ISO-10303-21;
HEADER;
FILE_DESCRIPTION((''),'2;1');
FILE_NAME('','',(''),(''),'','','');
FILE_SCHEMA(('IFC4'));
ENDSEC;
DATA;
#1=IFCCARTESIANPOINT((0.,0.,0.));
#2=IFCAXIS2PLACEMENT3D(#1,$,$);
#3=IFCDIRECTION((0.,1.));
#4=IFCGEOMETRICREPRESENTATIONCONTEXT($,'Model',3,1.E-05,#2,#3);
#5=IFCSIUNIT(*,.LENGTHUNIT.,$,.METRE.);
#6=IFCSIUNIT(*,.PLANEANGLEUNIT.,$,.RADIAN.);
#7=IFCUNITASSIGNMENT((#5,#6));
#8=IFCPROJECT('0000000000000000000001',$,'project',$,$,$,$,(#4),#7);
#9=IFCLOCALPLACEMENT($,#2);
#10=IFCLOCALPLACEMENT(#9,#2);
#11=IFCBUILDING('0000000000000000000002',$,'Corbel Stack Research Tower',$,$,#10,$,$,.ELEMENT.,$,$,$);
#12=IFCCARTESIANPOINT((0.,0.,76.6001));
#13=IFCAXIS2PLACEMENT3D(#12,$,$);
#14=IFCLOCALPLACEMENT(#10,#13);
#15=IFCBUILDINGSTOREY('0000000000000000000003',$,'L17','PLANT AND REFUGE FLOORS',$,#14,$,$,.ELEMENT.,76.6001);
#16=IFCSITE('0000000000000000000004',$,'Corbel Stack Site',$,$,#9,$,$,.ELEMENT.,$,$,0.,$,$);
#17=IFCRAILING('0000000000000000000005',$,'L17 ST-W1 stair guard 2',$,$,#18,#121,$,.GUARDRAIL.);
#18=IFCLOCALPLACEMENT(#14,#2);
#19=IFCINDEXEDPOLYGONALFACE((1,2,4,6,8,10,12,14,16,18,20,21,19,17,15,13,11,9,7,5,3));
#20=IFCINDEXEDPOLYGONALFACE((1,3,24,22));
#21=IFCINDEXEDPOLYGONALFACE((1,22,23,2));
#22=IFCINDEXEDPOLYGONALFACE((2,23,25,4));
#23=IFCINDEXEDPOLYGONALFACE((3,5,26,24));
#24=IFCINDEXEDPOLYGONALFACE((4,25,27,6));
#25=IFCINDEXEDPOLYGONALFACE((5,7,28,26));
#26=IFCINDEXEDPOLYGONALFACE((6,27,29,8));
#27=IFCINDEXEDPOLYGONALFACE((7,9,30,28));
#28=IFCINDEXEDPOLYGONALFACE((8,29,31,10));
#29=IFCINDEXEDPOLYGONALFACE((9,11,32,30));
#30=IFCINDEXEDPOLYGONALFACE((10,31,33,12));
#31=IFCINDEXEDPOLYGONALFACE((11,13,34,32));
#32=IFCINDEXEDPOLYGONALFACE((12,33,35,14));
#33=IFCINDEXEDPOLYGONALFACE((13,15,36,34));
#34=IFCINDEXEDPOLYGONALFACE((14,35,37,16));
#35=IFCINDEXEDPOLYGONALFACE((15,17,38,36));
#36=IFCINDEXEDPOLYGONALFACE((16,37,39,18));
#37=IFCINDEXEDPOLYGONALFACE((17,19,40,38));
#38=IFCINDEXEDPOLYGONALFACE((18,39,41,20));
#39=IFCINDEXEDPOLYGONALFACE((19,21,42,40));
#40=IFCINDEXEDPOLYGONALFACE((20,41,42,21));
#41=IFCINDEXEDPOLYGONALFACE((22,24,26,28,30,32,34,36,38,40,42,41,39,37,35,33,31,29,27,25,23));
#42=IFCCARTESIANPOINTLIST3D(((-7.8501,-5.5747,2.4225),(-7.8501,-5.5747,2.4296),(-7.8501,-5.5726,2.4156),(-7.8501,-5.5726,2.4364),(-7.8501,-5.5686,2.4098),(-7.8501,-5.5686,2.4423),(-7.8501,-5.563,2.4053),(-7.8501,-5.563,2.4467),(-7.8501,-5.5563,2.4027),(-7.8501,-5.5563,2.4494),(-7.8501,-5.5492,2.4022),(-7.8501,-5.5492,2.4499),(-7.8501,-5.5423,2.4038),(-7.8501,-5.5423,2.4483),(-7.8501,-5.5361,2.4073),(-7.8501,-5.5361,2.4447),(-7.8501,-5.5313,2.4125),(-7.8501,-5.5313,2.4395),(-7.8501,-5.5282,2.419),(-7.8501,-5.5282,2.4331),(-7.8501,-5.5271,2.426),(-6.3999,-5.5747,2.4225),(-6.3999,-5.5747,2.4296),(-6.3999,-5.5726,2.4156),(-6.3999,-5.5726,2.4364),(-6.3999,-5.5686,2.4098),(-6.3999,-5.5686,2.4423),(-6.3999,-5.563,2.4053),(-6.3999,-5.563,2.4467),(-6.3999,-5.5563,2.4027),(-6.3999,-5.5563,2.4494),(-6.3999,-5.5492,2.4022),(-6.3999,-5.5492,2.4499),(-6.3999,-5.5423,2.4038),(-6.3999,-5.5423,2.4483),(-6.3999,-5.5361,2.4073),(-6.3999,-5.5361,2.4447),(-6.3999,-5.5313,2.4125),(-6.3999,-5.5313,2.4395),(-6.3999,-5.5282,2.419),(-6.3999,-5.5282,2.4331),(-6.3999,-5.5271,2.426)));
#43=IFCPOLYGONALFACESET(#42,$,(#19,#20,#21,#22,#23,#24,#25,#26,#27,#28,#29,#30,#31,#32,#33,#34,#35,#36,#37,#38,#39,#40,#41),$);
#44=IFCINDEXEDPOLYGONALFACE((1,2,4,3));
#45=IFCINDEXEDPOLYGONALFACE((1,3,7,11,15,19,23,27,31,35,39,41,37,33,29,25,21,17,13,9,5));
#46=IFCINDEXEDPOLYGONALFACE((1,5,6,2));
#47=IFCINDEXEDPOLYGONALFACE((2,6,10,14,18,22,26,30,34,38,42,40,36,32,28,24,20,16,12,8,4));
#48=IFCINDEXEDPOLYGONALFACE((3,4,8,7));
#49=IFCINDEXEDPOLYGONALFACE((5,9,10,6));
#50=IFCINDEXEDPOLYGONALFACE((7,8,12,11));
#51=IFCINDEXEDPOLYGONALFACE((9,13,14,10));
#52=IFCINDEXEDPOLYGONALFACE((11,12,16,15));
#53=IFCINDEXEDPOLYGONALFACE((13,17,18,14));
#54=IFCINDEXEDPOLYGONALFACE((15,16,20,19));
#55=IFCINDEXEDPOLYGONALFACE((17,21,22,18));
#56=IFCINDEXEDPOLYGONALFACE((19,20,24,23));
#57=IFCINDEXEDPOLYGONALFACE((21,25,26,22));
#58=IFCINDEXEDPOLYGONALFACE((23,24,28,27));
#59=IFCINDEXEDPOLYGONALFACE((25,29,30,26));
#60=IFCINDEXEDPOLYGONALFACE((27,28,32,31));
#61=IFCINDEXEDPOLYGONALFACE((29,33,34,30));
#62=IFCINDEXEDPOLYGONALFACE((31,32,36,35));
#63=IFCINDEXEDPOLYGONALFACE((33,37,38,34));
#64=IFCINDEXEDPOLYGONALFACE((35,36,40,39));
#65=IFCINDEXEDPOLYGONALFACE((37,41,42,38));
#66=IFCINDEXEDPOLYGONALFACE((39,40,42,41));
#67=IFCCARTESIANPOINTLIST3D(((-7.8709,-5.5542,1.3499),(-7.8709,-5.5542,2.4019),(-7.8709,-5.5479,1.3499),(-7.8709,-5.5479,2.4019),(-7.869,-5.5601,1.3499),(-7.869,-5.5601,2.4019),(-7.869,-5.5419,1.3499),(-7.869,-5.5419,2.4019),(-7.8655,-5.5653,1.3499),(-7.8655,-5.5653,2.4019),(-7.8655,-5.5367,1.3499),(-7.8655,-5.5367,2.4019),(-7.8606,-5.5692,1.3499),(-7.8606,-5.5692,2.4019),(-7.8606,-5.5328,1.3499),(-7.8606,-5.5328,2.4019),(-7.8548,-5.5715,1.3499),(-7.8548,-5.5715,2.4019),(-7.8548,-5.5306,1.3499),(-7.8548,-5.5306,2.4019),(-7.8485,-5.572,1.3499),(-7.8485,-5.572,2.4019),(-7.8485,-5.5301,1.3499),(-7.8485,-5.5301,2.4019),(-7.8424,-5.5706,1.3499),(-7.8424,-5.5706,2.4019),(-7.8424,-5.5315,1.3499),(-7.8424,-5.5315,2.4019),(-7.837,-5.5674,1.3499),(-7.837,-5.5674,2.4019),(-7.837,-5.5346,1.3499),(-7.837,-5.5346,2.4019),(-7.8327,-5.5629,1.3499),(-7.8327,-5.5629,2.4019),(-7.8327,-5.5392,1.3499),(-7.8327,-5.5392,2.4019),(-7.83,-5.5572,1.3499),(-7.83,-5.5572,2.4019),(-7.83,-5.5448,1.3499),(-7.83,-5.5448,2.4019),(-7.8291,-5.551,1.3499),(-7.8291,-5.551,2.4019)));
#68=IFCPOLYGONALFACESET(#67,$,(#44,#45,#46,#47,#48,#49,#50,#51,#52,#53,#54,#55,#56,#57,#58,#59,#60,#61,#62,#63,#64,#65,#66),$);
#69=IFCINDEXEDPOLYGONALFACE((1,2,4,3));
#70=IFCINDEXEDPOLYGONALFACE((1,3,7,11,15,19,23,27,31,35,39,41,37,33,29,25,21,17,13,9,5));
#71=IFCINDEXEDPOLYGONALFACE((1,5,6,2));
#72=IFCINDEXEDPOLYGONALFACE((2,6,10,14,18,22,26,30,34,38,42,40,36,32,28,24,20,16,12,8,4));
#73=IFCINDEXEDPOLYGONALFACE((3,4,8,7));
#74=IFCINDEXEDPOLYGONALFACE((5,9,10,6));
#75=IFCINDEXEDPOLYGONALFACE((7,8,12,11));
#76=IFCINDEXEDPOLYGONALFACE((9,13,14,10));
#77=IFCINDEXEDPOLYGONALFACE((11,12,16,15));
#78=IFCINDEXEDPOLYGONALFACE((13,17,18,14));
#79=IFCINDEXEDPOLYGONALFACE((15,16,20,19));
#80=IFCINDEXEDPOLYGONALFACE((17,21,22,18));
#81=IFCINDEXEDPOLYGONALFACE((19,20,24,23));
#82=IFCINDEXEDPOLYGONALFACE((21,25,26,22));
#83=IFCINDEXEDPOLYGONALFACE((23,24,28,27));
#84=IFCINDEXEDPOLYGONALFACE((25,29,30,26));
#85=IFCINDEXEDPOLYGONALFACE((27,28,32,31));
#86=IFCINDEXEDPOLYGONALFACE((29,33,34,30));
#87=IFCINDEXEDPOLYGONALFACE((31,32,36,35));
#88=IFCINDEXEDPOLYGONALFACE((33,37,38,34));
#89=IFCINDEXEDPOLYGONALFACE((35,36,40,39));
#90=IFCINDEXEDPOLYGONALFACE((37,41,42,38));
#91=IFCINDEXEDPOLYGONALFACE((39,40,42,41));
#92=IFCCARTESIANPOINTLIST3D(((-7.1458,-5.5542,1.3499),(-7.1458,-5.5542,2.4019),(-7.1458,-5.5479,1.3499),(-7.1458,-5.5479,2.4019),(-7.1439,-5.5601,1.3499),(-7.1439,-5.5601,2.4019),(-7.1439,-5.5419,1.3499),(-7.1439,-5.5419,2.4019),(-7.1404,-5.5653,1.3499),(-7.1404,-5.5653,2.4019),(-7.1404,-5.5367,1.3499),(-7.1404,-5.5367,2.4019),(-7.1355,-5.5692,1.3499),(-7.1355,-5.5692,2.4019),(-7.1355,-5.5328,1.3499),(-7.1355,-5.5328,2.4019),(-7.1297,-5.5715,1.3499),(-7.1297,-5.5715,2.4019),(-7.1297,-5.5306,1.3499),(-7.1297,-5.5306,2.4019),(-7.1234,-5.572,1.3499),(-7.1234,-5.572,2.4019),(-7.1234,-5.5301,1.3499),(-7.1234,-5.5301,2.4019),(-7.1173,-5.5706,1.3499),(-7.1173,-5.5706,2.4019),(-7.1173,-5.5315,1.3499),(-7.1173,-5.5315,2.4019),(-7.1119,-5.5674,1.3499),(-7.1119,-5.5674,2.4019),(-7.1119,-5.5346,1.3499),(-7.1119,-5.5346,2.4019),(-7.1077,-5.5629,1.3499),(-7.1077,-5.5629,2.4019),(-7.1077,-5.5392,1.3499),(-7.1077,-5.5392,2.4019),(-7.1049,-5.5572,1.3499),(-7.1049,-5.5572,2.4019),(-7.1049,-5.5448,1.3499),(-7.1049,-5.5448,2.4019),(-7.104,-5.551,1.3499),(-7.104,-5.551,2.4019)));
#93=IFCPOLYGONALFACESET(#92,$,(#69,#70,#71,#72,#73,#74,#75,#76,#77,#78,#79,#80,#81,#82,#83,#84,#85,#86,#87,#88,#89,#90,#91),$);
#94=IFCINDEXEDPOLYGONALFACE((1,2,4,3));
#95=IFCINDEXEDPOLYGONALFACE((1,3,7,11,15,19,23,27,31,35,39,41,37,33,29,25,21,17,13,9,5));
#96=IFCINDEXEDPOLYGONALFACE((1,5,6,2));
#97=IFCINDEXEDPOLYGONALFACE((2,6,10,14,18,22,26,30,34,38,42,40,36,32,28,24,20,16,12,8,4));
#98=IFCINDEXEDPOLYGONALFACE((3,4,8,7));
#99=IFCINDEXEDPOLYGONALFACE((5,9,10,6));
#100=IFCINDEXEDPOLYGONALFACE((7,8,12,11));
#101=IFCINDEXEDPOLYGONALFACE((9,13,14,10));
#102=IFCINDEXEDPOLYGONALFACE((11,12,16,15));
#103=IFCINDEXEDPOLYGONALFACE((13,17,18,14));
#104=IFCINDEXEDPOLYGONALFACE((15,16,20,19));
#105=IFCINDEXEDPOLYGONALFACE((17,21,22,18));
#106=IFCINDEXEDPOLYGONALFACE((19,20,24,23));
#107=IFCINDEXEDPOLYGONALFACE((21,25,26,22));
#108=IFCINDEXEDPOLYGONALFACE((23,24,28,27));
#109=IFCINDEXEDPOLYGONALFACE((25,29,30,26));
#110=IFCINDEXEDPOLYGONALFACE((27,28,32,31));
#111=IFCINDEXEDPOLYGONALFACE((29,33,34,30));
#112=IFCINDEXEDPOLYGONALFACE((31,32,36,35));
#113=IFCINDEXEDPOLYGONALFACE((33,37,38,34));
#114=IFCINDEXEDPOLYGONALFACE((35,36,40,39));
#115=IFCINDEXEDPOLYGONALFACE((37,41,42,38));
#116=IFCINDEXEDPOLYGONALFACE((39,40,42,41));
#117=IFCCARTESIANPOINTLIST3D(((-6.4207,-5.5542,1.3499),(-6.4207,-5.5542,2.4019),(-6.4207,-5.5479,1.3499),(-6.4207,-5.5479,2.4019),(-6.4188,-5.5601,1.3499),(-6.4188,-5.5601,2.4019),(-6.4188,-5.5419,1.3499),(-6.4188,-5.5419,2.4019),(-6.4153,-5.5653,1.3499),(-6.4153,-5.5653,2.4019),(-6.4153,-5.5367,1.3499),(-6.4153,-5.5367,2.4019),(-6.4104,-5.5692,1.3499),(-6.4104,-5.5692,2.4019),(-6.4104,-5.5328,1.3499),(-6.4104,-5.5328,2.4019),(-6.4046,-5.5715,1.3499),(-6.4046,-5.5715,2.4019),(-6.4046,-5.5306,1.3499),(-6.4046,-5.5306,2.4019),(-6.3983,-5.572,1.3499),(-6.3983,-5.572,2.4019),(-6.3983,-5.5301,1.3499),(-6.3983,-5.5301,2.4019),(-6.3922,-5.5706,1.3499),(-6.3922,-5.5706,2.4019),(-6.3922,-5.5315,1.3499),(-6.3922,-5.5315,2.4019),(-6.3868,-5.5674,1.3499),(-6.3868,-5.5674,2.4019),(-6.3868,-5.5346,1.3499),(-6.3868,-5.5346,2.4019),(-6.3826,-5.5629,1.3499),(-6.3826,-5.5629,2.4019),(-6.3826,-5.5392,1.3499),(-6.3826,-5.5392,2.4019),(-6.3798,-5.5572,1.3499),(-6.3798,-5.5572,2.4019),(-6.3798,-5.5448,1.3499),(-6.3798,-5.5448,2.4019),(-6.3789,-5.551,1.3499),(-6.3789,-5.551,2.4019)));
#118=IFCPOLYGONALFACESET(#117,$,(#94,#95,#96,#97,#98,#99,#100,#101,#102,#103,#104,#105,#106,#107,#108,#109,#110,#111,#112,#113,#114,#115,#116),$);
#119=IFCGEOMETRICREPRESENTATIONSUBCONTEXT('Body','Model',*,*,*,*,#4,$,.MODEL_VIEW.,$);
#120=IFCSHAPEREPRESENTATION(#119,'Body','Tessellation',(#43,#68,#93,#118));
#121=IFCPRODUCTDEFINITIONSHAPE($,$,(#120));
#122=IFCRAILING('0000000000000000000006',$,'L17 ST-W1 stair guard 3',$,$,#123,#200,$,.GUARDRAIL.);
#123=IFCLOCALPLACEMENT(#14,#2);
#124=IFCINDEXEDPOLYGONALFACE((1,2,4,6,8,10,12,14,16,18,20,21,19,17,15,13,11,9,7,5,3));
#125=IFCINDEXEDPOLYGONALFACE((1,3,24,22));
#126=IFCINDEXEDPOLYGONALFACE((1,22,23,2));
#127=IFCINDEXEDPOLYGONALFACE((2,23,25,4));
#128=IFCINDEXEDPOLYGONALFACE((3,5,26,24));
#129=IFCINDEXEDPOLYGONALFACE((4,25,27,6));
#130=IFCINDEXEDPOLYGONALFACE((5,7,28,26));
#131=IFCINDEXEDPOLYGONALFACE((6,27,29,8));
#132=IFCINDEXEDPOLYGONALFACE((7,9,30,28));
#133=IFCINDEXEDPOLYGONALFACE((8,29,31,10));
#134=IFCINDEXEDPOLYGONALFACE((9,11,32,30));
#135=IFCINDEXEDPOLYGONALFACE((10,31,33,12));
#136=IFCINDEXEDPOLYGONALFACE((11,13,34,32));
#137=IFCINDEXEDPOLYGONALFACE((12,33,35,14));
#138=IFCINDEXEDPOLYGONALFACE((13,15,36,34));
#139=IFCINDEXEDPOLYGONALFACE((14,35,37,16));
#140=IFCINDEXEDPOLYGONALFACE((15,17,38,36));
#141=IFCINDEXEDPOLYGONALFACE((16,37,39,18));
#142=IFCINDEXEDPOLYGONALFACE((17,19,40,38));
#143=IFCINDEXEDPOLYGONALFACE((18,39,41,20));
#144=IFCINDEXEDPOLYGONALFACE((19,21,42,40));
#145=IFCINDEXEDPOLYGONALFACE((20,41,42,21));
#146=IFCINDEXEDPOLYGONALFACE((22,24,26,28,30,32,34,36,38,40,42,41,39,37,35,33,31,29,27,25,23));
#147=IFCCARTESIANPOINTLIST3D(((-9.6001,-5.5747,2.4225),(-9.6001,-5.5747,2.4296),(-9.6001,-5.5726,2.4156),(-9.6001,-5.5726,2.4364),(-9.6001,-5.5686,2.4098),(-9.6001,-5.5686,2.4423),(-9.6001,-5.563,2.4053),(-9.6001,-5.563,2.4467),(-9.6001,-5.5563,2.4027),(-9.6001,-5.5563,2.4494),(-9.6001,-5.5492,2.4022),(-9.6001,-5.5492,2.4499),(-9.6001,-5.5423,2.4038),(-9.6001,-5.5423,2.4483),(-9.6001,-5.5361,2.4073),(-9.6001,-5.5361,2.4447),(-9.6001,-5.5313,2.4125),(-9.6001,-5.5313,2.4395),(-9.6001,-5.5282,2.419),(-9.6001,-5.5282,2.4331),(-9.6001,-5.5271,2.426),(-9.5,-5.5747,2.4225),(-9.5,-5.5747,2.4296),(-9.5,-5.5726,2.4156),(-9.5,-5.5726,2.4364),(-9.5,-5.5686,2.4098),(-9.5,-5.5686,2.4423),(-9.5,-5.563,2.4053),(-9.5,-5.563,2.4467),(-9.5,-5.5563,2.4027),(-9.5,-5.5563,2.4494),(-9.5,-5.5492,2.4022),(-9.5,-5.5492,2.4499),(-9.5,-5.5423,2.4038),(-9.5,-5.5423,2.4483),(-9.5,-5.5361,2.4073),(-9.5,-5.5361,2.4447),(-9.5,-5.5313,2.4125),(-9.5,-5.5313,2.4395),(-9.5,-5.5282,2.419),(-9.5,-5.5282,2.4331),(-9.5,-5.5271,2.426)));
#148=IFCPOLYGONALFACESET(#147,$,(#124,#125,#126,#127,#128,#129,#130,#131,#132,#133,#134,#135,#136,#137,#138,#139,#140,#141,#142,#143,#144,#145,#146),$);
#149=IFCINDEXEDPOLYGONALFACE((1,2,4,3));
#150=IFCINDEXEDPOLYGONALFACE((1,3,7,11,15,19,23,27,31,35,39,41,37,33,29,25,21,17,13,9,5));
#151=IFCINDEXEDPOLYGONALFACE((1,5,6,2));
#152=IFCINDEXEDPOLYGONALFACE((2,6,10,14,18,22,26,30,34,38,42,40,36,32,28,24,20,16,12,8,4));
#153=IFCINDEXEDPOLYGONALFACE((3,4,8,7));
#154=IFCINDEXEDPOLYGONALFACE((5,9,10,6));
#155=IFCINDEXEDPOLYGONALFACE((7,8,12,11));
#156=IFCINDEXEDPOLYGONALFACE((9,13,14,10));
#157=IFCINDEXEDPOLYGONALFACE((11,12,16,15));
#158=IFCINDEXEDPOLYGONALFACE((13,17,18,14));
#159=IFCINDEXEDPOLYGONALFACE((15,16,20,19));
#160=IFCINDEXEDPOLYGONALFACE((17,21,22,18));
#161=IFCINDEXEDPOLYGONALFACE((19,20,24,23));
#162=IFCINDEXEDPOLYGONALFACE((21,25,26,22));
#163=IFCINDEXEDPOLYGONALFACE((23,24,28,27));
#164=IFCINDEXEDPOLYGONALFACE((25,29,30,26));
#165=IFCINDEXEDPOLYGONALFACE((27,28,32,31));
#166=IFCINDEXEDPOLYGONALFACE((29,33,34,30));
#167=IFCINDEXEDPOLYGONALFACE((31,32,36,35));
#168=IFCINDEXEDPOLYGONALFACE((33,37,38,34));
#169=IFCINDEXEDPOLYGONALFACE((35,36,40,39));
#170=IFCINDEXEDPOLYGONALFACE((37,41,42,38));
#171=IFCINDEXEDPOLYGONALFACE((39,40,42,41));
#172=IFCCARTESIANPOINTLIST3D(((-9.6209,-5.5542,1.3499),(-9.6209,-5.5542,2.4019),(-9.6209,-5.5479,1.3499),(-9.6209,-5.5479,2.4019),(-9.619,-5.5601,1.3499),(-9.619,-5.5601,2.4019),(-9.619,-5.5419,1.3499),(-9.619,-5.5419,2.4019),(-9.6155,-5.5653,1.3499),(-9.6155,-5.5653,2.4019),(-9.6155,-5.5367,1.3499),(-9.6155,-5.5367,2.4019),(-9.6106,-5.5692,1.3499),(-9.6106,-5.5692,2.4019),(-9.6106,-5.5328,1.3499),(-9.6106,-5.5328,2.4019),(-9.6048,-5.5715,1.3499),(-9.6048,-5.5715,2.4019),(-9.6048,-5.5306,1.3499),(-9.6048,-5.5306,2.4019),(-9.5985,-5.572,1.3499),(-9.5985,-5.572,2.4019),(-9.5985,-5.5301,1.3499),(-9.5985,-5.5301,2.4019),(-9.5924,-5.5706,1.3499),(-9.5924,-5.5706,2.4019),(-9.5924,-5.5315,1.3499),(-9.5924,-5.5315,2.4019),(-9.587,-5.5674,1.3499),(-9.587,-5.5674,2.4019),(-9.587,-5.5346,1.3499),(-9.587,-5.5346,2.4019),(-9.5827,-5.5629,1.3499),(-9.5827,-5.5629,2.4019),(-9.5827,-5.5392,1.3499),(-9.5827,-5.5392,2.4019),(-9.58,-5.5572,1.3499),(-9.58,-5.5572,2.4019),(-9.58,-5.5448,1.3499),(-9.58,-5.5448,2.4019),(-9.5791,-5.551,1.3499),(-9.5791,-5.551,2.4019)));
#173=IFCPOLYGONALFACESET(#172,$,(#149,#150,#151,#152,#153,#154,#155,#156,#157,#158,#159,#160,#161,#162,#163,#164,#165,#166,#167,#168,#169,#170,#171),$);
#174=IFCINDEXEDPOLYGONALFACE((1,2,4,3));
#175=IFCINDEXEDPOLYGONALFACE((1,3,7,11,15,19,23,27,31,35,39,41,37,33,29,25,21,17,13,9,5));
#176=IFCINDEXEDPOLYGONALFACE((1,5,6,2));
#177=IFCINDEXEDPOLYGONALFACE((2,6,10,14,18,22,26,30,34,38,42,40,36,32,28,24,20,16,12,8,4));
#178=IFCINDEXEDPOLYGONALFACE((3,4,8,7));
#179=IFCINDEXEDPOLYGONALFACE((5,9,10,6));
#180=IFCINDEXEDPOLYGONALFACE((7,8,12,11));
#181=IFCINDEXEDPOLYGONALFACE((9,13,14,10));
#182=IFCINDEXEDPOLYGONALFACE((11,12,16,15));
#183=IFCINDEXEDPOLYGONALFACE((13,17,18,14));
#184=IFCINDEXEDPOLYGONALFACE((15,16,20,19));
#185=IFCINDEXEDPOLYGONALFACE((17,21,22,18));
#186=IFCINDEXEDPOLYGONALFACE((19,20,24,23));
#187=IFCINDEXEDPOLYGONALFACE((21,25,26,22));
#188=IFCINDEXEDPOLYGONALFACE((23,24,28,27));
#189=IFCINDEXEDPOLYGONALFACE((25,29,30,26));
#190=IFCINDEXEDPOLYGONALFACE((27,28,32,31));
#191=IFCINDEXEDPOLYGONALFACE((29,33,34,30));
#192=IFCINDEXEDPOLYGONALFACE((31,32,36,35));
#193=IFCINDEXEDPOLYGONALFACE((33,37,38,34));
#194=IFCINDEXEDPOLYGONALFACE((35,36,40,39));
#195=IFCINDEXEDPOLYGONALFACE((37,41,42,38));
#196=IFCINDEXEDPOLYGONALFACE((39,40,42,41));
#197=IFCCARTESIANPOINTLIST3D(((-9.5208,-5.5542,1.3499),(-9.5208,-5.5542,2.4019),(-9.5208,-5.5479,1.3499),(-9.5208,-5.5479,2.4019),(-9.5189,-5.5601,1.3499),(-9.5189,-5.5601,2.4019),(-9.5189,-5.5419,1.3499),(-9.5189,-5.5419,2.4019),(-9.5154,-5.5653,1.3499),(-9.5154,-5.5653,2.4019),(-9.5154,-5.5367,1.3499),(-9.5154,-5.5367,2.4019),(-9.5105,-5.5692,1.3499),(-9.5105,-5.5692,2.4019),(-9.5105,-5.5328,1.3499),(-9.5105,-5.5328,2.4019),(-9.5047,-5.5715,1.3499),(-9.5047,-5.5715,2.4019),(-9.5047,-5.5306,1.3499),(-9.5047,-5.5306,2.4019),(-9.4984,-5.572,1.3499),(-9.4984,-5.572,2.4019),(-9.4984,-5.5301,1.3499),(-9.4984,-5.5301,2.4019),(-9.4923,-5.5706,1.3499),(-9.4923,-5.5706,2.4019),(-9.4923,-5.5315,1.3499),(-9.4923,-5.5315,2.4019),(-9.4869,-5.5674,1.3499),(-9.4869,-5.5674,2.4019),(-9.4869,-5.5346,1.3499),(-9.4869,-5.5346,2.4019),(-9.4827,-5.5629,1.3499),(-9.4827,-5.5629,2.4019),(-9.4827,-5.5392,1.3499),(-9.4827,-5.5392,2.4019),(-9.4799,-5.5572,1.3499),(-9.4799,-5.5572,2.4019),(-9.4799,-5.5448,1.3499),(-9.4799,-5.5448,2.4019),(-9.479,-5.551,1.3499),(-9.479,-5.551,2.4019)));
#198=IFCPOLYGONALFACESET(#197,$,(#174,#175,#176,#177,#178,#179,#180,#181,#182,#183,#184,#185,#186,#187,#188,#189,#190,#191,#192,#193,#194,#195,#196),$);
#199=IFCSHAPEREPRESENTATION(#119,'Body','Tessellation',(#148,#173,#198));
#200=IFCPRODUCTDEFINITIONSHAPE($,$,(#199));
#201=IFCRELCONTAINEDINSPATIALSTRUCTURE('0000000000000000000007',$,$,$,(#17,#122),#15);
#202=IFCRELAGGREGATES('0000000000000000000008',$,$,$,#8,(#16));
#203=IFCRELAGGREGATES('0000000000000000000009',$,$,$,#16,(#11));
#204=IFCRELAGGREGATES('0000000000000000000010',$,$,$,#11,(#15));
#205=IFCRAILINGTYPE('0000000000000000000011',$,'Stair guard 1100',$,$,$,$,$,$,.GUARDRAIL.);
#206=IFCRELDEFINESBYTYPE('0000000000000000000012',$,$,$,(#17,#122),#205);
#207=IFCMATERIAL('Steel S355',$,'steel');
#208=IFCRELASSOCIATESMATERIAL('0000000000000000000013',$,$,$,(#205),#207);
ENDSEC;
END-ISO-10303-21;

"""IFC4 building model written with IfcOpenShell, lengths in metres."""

from ifc_helpers import new_model, si_unit, direction, frame, origin, origin_2d, place, context, subcontext, project, spatial, circle, extrude, material, type_object, element, save


model = new_model("IFC4")

# Units and contexts
model_context = context("Model", 3, precision=1e-05, world=origin(), true_north=direction((0.0, 1.0)))
body_context = subcontext(model_context, "Body", "Model", "MODEL_VIEW")
ifc_project = project(units=[si_unit("LENGTHUNIT", "METRE"), si_unit("PLANEANGLEUNIT", "RADIAN")], contexts=[model_context])

# Site, building, storey
site_placement = place(None, origin())
site = spatial("IfcSite", under=ifc_project, at=site_placement, Name="Corbel Stack Site", CompositionType="ELEMENT", RefElevation=0.0)
building_placement = place(site_placement, origin())
building = spatial("IfcBuilding", under=site, at=building_placement, Name="Corbel Stack Research Tower", CompositionType="ELEMENT")
storey_placement = place(building_placement, frame((0.0, 0.0, 76.6001)))
storey = spatial("IfcBuildingStorey", under=building, at=storey_placement, Name="L17", Description="PLANT AND REFUGE FLOORS", CompositionType="ELEMENT", Elevation=76.6001)

# Railings
ifc_material_1 = material(Name="Steel S355", Category="steel")
railing_type_1 = type_object("IfcRailingType", Name="Stair guard 1100", PredefinedType="GUARDRAIL", material=ifc_material_1)
railing_1_placement = place(storey_placement, frame((-7.8501, -5.551, 1.3499)))
element("IfcRailing", 1, at=railing_1_placement, inside=storey, type_object=railing_type_1, Name="L17 ST-W1 stair guard 2", PredefinedType="GUARDRAIL", context=body_context, shape_type="SweptSolid", body=[
    extrude(circle(Radius=0.0239, at=origin_2d()), frame((0.0, 0.0, 1.0762), z_axis=(1.0, 0.0, 0.0), x_axis=(0.0, 1.0, 0.0)), (0.0, 0.0, 1.0), 1.4502),
    extrude(circle(Radius=0.021, at=origin_2d()), origin(), (0.0, 0.0, 1.0), 1.052),
    extrude(circle(Radius=0.021, at=origin_2d()), frame((0.7251, 0.0, 0.0)), (0.0, 0.0, 1.0), 1.052),
    extrude(circle(Radius=0.021, at=origin_2d()), frame((1.4502, 0.0, 0.0)), (0.0, 0.0, 1.0), 1.052),
])
railing_2_placement = place(storey_placement, frame((-9.6001, -5.551, 1.3499)))
element("IfcRailing", 2, at=railing_2_placement, inside=storey, type_object=railing_type_1, Name="L17 ST-W1 stair guard 3", PredefinedType="GUARDRAIL", context=body_context, shape_type="SweptSolid", body=[
    extrude(circle(Radius=0.0239, at=origin_2d()), frame((0.0, 0.0, 1.0762), z_axis=(1.0, 0.0, 0.0), x_axis=(0.0, 1.0, 0.0)), (0.0, 0.0, 1.0), 0.1001),
    extrude(circle(Radius=0.021, at=origin_2d()), origin(), (0.0, 0.0, 1.0), 1.052),
    extrude(circle(Radius=0.021, at=origin_2d()), frame((0.1001, 0.0, 0.0)), (0.0, 0.0, 1.0), 1.052),
])

save(model, "model.ifc")
